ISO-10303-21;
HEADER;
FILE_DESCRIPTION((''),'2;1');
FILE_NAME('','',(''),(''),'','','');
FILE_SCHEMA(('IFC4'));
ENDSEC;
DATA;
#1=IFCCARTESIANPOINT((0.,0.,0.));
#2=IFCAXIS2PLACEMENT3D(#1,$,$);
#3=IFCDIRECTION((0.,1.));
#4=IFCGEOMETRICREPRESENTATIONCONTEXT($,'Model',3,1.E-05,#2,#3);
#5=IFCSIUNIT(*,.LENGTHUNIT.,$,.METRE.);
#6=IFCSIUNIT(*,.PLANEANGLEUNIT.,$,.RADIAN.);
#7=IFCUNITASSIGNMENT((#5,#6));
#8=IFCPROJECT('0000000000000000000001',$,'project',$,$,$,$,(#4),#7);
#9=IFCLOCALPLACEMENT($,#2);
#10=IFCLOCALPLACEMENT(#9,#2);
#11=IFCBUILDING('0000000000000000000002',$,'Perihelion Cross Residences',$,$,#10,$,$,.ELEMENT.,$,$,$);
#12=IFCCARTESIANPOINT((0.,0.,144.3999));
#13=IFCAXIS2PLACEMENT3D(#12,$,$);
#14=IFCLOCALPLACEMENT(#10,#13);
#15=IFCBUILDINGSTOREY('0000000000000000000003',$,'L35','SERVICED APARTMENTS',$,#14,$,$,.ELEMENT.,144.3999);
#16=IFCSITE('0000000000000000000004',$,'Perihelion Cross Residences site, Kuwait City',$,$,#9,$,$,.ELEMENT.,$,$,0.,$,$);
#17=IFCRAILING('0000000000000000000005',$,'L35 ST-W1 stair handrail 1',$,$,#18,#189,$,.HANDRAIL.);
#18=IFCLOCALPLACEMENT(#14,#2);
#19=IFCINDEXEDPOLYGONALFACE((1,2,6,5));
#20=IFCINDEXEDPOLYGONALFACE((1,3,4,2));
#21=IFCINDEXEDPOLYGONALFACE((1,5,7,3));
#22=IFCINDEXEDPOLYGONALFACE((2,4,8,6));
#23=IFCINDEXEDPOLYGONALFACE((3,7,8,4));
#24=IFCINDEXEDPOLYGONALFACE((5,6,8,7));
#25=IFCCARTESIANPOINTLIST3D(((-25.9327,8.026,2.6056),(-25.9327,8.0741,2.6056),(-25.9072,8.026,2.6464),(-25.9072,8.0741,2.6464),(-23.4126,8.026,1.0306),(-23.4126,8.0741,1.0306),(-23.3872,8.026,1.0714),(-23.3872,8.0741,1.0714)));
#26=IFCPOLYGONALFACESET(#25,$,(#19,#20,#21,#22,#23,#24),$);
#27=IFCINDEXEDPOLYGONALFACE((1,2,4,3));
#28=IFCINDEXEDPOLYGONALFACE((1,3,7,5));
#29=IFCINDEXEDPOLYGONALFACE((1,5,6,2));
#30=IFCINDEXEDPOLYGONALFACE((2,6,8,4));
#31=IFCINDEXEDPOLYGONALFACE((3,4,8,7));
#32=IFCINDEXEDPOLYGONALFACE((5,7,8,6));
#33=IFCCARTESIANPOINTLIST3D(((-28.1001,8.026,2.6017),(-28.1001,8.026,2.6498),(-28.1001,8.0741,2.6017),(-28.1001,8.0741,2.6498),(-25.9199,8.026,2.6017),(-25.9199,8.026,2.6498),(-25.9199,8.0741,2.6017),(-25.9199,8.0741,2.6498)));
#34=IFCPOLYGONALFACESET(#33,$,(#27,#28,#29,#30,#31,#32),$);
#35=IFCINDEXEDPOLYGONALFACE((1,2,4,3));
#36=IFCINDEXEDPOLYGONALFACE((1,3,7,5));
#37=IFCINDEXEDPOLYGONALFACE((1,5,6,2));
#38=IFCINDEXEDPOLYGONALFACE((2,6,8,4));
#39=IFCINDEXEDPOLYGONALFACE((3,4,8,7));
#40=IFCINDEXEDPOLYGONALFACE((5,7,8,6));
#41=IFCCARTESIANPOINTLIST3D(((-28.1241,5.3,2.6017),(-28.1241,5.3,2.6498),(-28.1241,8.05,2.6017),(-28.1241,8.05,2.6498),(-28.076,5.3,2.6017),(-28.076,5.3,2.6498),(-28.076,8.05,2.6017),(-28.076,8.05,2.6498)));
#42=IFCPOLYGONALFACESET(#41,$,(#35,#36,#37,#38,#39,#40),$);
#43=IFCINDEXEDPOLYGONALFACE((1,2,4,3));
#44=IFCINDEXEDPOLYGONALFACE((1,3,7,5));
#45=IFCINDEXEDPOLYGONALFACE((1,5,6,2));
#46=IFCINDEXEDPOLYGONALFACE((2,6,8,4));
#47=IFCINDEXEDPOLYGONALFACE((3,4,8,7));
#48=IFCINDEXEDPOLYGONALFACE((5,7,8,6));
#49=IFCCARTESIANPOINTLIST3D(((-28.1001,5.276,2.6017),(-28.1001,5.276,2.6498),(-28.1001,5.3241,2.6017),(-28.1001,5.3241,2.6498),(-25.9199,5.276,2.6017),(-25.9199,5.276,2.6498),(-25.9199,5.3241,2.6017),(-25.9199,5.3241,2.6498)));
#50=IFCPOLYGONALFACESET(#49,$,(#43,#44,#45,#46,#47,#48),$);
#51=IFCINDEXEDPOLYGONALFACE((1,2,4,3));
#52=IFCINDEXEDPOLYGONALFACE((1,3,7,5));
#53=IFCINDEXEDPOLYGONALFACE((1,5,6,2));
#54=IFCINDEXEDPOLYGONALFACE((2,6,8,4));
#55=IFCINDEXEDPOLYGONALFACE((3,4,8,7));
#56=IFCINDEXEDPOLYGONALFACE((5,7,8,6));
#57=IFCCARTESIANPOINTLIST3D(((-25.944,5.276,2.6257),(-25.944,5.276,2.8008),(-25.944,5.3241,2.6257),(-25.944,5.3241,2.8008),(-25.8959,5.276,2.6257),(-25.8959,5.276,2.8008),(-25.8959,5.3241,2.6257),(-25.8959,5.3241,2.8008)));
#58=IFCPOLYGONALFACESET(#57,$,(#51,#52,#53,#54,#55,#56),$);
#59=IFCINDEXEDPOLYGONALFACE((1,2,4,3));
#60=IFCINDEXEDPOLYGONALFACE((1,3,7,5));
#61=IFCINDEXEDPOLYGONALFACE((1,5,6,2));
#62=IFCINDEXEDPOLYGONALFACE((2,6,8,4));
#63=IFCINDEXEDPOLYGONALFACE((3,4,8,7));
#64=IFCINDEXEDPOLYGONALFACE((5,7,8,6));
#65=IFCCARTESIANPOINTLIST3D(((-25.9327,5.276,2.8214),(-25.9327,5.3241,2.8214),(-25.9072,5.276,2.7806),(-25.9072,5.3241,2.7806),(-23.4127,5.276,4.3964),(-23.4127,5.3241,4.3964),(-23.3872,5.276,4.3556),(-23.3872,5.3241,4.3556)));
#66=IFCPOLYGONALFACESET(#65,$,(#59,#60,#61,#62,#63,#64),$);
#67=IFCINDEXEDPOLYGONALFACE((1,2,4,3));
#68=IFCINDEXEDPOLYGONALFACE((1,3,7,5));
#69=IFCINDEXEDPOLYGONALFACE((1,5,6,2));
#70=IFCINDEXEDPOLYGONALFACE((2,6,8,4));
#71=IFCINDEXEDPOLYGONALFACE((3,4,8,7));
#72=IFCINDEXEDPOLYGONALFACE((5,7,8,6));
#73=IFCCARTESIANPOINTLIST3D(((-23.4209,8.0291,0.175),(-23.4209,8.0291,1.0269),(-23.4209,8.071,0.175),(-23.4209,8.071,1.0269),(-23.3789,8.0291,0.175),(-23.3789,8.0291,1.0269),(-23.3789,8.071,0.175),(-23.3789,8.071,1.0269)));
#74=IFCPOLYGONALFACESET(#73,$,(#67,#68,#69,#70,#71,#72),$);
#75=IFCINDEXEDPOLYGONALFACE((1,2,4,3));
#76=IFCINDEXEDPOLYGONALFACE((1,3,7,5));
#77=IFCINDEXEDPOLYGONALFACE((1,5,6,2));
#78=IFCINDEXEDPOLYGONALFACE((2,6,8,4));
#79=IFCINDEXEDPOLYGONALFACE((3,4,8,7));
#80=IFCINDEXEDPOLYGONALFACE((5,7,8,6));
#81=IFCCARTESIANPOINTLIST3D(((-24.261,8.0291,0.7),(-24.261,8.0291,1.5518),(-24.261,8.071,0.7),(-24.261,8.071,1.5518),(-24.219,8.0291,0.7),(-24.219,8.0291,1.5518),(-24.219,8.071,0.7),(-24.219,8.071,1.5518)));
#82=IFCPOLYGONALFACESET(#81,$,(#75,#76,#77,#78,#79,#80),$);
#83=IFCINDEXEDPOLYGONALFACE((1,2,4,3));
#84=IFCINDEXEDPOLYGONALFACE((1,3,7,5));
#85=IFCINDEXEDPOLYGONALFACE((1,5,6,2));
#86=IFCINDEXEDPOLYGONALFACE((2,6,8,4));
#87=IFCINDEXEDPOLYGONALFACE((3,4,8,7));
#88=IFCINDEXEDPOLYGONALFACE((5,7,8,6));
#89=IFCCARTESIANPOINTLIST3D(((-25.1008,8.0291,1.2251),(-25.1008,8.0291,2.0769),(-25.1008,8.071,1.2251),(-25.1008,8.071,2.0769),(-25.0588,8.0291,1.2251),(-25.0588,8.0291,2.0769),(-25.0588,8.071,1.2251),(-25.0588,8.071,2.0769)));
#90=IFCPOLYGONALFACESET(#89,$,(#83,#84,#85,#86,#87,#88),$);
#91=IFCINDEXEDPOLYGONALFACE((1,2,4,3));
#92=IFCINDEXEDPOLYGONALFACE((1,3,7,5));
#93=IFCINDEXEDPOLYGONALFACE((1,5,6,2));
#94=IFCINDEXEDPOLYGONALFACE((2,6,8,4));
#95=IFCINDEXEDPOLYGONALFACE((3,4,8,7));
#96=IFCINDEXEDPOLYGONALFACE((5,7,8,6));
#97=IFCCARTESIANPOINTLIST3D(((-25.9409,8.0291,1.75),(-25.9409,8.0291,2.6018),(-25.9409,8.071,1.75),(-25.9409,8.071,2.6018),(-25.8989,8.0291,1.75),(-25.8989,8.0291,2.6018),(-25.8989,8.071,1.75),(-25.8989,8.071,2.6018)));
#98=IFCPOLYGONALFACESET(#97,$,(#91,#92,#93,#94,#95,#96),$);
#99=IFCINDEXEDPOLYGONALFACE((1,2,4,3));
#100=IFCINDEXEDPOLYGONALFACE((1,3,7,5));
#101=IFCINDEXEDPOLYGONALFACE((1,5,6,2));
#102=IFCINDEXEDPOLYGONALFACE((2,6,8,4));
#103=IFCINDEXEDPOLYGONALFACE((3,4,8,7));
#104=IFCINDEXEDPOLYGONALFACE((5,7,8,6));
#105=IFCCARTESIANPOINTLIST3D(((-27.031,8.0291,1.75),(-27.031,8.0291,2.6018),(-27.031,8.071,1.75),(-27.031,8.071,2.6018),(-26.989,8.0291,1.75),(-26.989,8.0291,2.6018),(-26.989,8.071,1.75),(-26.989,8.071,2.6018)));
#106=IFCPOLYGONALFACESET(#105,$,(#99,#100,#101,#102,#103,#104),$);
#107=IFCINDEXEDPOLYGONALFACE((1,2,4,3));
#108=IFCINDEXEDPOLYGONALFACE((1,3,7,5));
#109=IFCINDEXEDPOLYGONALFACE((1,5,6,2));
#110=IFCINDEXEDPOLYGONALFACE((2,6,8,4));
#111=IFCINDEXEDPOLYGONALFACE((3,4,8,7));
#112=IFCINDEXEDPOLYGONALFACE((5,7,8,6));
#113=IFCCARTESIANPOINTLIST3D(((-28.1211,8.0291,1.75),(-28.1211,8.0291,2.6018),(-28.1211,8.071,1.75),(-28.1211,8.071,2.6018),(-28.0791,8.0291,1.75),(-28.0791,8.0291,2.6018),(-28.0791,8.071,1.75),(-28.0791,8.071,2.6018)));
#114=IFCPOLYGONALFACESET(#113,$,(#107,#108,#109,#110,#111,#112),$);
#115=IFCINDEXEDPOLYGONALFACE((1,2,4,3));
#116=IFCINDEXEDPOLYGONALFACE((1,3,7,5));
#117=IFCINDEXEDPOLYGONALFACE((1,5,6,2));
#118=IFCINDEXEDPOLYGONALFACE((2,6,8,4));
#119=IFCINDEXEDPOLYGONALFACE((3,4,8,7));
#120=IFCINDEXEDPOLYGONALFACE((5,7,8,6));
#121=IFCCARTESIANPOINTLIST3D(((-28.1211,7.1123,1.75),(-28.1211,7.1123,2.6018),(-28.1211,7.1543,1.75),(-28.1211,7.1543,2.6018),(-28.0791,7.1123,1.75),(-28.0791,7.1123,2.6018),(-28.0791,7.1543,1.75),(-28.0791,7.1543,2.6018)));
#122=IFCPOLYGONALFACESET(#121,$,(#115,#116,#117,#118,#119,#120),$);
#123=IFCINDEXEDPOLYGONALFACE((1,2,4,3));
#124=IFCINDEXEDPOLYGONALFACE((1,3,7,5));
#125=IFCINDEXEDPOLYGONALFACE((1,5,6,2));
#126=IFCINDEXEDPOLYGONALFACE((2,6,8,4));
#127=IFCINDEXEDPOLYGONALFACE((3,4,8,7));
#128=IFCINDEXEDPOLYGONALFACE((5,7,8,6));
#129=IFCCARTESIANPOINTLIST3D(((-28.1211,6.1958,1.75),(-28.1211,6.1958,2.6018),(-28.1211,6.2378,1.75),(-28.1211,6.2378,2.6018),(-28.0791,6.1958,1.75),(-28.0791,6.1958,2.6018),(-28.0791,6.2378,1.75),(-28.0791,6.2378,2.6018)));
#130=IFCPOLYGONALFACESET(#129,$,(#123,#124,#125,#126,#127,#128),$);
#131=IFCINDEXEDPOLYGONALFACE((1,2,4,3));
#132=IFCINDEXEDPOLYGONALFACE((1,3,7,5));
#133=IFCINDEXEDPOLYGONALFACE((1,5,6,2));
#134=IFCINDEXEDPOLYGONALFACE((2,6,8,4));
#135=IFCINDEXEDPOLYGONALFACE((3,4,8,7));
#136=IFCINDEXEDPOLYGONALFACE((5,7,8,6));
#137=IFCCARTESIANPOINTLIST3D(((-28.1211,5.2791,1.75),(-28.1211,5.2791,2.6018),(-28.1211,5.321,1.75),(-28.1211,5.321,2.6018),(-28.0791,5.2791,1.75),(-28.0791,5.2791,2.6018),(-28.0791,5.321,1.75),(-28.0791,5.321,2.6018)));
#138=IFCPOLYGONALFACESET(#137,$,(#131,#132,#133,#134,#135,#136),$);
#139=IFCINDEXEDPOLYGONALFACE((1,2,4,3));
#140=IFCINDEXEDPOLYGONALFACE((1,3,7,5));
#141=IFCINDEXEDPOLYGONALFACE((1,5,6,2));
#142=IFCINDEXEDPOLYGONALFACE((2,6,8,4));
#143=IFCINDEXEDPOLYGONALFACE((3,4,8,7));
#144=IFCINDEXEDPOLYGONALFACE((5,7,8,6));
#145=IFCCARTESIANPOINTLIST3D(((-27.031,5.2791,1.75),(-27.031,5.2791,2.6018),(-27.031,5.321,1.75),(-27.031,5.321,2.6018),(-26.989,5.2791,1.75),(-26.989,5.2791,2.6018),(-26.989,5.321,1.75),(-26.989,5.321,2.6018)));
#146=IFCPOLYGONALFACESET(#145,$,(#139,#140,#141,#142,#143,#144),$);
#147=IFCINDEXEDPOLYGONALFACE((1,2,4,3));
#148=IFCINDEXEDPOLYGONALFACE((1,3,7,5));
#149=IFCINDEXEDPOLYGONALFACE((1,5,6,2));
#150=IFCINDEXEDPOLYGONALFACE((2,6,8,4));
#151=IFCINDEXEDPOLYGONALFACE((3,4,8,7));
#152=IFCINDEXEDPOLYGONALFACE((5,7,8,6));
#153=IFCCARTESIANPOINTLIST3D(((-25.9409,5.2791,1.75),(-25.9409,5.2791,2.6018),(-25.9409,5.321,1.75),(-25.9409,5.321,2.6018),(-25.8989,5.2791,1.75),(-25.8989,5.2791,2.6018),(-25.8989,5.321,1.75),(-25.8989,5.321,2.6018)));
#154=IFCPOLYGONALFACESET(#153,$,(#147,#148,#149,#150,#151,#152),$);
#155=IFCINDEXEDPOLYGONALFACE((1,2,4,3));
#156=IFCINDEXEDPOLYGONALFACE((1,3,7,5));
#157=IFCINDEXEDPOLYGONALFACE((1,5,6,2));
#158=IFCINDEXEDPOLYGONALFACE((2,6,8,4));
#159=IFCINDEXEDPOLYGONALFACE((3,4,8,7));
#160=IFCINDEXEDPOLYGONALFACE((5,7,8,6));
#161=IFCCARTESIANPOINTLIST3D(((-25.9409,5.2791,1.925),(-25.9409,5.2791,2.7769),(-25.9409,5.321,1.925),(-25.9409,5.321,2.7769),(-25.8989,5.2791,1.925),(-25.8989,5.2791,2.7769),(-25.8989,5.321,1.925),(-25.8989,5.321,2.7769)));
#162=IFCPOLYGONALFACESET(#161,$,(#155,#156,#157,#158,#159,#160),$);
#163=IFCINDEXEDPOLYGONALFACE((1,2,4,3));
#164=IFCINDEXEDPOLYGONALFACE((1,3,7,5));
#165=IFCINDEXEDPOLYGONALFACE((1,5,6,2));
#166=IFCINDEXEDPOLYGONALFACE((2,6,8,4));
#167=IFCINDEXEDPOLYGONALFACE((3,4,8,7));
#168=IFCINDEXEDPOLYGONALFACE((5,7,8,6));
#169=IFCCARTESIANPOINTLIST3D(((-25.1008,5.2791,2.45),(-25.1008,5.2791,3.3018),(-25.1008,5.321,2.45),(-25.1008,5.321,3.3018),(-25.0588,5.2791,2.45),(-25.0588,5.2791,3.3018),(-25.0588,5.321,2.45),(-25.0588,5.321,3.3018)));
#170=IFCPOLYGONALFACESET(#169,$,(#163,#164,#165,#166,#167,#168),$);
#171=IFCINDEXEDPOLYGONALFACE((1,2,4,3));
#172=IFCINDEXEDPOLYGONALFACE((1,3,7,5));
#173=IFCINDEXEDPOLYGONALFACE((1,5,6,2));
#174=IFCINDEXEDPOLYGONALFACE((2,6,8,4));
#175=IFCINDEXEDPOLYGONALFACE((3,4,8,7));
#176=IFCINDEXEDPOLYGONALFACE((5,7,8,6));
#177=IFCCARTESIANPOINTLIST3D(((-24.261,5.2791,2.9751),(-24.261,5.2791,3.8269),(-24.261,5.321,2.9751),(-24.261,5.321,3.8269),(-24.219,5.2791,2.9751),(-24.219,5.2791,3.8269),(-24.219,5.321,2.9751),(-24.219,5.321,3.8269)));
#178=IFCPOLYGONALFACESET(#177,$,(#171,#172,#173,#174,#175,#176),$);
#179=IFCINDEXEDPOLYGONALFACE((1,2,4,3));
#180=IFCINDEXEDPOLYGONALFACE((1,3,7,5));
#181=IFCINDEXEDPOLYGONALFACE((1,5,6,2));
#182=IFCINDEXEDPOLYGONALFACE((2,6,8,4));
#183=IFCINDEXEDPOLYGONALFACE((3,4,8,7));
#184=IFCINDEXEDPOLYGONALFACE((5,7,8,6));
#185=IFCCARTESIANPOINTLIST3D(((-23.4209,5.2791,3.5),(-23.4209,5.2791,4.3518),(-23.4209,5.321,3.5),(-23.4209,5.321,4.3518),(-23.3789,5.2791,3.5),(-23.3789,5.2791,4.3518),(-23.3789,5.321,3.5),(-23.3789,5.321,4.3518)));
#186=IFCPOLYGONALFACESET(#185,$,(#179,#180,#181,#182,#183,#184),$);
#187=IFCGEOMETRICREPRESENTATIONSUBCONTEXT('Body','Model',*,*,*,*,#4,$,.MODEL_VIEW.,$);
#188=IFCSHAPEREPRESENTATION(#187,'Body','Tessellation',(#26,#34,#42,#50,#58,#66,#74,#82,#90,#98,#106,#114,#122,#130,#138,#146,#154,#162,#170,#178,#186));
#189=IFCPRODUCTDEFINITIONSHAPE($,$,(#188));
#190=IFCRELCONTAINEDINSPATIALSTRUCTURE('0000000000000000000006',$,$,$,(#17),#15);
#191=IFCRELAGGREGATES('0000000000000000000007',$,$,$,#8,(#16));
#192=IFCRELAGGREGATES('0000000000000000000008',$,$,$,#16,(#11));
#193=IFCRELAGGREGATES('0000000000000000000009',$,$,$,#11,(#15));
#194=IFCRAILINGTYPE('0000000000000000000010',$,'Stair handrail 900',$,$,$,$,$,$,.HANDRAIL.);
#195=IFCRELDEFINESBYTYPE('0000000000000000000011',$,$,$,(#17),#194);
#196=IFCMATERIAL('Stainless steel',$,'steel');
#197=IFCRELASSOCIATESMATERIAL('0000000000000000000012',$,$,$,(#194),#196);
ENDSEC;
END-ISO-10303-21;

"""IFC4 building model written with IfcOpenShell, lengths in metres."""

from ifc_helpers import new_model, si_unit, direction, frame, origin, origin_2d, place, context, subcontext, project, spatial, rectangle, extrude, material, type_object, element, save


model = new_model("IFC4")

# Units and contexts
model_context = context("Model", 3, precision=1e-05, world=origin(), true_north=direction((0.0, 1.0)))
body_context = subcontext(model_context, "Body", "Model", "MODEL_VIEW")
ifc_project = project(units=[si_unit("LENGTHUNIT", "METRE"), si_unit("PLANEANGLEUNIT", "RADIAN")], contexts=[model_context])

# Site, building, storey
site_placement = place(None, origin())
site = spatial("IfcSite", under=ifc_project, at=site_placement, Name="Perihelion Cross Residences site, Kuwait City", CompositionType="ELEMENT", RefElevation=0.0)
building_placement = place(site_placement, origin())
building = spatial("IfcBuilding", under=site, at=building_placement, Name="Perihelion Cross Residences", CompositionType="ELEMENT")
storey_placement = place(building_placement, frame((0.0, 0.0, 144.3999)))
storey = spatial("IfcBuildingStorey", under=building, at=storey_placement, Name="L35", Description="SERVICED APARTMENTS", CompositionType="ELEMENT", Elevation=144.3999)

# Railing
ifc_material_1 = material(Name="Stainless steel", Category="steel")
railing_type_1 = type_object("IfcRailingType", Name="Stair handrail 900", PredefinedType="HANDRAIL", material=ifc_material_1)
railing_1_placement = place(storey_placement, frame((-23.3999, 8.05, 0.175)))
element("IfcRailing", 1, at=railing_1_placement, inside=storey, type_object=railing_type_1, Name="L35 ST-W1 stair handrail 1", PredefinedType="HANDRAIL", context=body_context, shape_type="SweptSolid", body=[
    extrude(rectangle(XDim=0.0481, YDim=0.0481, at=origin_2d()), frame((0.0, 0.0, 0.876), z_axis=(-0.848008, 0.0, 0.529984), x_axis=(0.0, -1.0, 0.0)), (0.0, 0.0, 1.0), 2.9717),
    extrude(rectangle(XDim=0.0481, YDim=0.0481, at=origin_2d()), frame((-2.52, 0.0, 2.4507), z_axis=(-1.0, 0.0, 0.0), x_axis=(0.0, -1.0, 0.0)), (0.0, 0.0, 1.0), 2.1802),
    extrude(rectangle(XDim=0.0481, YDim=0.0481, at=origin_2d()), frame((-4.7002, 0.0, 2.4507), z_axis=(0.0, -1.0, 0.0), x_axis=(1.0, 0.0, 0.0)), (0.0, 0.0, 1.0), 2.75),
    extrude(rectangle(XDim=0.0481, YDim=0.0481, at=origin_2d()), frame((-4.7002, -2.75, 2.4507), z_axis=(1.0, 0.0, 0.0), x_axis=(0.0, 1.0, 0.0)), (0.0, 0.0, 1.0), 2.1802),
    extrude(rectangle(XDim=0.0481, YDim=0.0481, at=origin_2d()), frame((-2.52, -2.75, 2.4507), z_axis=(0.0, 0.0, 1.0), x_axis=(1.0, 0.0, 0.0)), (0.0, 0.0, 1.0), 0.175),
    extrude(rectangle(XDim=0.0481, YDim=0.0481, at=origin_2d()), frame((-2.52, -2.75, 2.626), z_axis=(0.848008, 0.0, 0.529984), x_axis=(0.0, 1.0, 0.0)), (0.0, 0.0, 1.0), 2.9717),
    extrude(rectangle(XDim=0.042, YDim=0.042, at=origin_2d()), origin(), (0.0, 0.0, 1.0), 0.8518),
    extrude(rectangle(XDim=0.042, YDim=0.042, at=origin_2d()), frame((-0.8401, 0.0, 0.5249)), (0.0, 0.0, 1.0), 0.8518),
    extrude(rectangle(XDim=0.042, YDim=0.042, at=origin_2d()), frame((-1.6799, 0.0, 1.05)), (0.0, 0.0, 1.0), 0.8518),
    extrude(rectangle(XDim=0.042, YDim=0.042, at=origin_2d()), frame((-2.52, 0.0, 1.575)), (0.0, 0.0, 1.0), 0.8518),
    extrude(rectangle(XDim=0.042, YDim=0.042, at=origin_2d()), frame((-3.6101, 0.0, 1.575)), (0.0, 0.0, 1.0), 0.8518),
    extrude(rectangle(XDim=0.042, YDim=0.042, at=origin_2d()), frame((-4.7002, 0.0, 1.575)), (0.0, 0.0, 1.0), 0.8518),
    extrude(rectangle(XDim=0.042, YDim=0.042, at=origin_2d()), frame((-4.7002, -0.9167, 1.575)), (0.0, 0.0, 1.0), 0.8518),
    extrude(rectangle(XDim=0.042, YDim=0.042, at=origin_2d()), frame((-4.7002, -1.8333, 1.575)), (0.0, 0.0, 1.0), 0.8518),
    extrude(rectangle(XDim=0.042, YDim=0.042, at=origin_2d()), frame((-4.7002, -2.75, 1.575)), (0.0, 0.0, 1.0), 0.8518),
    extrude(rectangle(XDim=0.042, YDim=0.042, at=origin_2d()), frame((-3.6101, -2.75, 1.575)), (0.0, 0.0, 1.0), 0.8518),
    extrude(rectangle(XDim=0.042, YDim=0.042, at=origin_2d()), frame((-2.52, -2.75, 1.575)), (0.0, 0.0, 1.0), 0.8518),
    extrude(rectangle(XDim=0.042, YDim=0.042, at=origin_2d()), frame((-2.52, -2.75, 1.75)), (0.0, 0.0, 1.0), 0.8518),
    extrude(rectangle(XDim=0.042, YDim=0.042, at=origin_2d()), frame((-1.6799, -2.75, 2.2749)), (0.0, 0.0, 1.0), 0.8518),
    extrude(rectangle(XDim=0.042, YDim=0.042, at=origin_2d()), frame((-0.8401, -2.75, 2.8)), (0.0, 0.0, 1.0), 0.8518),
    extrude(rectangle(XDim=0.042, YDim=0.042, at=origin_2d()), frame((0.0, -2.75, 3.325)), (0.0, 0.0, 1.0), 0.8518),
])

save(model, "model.ifc")
